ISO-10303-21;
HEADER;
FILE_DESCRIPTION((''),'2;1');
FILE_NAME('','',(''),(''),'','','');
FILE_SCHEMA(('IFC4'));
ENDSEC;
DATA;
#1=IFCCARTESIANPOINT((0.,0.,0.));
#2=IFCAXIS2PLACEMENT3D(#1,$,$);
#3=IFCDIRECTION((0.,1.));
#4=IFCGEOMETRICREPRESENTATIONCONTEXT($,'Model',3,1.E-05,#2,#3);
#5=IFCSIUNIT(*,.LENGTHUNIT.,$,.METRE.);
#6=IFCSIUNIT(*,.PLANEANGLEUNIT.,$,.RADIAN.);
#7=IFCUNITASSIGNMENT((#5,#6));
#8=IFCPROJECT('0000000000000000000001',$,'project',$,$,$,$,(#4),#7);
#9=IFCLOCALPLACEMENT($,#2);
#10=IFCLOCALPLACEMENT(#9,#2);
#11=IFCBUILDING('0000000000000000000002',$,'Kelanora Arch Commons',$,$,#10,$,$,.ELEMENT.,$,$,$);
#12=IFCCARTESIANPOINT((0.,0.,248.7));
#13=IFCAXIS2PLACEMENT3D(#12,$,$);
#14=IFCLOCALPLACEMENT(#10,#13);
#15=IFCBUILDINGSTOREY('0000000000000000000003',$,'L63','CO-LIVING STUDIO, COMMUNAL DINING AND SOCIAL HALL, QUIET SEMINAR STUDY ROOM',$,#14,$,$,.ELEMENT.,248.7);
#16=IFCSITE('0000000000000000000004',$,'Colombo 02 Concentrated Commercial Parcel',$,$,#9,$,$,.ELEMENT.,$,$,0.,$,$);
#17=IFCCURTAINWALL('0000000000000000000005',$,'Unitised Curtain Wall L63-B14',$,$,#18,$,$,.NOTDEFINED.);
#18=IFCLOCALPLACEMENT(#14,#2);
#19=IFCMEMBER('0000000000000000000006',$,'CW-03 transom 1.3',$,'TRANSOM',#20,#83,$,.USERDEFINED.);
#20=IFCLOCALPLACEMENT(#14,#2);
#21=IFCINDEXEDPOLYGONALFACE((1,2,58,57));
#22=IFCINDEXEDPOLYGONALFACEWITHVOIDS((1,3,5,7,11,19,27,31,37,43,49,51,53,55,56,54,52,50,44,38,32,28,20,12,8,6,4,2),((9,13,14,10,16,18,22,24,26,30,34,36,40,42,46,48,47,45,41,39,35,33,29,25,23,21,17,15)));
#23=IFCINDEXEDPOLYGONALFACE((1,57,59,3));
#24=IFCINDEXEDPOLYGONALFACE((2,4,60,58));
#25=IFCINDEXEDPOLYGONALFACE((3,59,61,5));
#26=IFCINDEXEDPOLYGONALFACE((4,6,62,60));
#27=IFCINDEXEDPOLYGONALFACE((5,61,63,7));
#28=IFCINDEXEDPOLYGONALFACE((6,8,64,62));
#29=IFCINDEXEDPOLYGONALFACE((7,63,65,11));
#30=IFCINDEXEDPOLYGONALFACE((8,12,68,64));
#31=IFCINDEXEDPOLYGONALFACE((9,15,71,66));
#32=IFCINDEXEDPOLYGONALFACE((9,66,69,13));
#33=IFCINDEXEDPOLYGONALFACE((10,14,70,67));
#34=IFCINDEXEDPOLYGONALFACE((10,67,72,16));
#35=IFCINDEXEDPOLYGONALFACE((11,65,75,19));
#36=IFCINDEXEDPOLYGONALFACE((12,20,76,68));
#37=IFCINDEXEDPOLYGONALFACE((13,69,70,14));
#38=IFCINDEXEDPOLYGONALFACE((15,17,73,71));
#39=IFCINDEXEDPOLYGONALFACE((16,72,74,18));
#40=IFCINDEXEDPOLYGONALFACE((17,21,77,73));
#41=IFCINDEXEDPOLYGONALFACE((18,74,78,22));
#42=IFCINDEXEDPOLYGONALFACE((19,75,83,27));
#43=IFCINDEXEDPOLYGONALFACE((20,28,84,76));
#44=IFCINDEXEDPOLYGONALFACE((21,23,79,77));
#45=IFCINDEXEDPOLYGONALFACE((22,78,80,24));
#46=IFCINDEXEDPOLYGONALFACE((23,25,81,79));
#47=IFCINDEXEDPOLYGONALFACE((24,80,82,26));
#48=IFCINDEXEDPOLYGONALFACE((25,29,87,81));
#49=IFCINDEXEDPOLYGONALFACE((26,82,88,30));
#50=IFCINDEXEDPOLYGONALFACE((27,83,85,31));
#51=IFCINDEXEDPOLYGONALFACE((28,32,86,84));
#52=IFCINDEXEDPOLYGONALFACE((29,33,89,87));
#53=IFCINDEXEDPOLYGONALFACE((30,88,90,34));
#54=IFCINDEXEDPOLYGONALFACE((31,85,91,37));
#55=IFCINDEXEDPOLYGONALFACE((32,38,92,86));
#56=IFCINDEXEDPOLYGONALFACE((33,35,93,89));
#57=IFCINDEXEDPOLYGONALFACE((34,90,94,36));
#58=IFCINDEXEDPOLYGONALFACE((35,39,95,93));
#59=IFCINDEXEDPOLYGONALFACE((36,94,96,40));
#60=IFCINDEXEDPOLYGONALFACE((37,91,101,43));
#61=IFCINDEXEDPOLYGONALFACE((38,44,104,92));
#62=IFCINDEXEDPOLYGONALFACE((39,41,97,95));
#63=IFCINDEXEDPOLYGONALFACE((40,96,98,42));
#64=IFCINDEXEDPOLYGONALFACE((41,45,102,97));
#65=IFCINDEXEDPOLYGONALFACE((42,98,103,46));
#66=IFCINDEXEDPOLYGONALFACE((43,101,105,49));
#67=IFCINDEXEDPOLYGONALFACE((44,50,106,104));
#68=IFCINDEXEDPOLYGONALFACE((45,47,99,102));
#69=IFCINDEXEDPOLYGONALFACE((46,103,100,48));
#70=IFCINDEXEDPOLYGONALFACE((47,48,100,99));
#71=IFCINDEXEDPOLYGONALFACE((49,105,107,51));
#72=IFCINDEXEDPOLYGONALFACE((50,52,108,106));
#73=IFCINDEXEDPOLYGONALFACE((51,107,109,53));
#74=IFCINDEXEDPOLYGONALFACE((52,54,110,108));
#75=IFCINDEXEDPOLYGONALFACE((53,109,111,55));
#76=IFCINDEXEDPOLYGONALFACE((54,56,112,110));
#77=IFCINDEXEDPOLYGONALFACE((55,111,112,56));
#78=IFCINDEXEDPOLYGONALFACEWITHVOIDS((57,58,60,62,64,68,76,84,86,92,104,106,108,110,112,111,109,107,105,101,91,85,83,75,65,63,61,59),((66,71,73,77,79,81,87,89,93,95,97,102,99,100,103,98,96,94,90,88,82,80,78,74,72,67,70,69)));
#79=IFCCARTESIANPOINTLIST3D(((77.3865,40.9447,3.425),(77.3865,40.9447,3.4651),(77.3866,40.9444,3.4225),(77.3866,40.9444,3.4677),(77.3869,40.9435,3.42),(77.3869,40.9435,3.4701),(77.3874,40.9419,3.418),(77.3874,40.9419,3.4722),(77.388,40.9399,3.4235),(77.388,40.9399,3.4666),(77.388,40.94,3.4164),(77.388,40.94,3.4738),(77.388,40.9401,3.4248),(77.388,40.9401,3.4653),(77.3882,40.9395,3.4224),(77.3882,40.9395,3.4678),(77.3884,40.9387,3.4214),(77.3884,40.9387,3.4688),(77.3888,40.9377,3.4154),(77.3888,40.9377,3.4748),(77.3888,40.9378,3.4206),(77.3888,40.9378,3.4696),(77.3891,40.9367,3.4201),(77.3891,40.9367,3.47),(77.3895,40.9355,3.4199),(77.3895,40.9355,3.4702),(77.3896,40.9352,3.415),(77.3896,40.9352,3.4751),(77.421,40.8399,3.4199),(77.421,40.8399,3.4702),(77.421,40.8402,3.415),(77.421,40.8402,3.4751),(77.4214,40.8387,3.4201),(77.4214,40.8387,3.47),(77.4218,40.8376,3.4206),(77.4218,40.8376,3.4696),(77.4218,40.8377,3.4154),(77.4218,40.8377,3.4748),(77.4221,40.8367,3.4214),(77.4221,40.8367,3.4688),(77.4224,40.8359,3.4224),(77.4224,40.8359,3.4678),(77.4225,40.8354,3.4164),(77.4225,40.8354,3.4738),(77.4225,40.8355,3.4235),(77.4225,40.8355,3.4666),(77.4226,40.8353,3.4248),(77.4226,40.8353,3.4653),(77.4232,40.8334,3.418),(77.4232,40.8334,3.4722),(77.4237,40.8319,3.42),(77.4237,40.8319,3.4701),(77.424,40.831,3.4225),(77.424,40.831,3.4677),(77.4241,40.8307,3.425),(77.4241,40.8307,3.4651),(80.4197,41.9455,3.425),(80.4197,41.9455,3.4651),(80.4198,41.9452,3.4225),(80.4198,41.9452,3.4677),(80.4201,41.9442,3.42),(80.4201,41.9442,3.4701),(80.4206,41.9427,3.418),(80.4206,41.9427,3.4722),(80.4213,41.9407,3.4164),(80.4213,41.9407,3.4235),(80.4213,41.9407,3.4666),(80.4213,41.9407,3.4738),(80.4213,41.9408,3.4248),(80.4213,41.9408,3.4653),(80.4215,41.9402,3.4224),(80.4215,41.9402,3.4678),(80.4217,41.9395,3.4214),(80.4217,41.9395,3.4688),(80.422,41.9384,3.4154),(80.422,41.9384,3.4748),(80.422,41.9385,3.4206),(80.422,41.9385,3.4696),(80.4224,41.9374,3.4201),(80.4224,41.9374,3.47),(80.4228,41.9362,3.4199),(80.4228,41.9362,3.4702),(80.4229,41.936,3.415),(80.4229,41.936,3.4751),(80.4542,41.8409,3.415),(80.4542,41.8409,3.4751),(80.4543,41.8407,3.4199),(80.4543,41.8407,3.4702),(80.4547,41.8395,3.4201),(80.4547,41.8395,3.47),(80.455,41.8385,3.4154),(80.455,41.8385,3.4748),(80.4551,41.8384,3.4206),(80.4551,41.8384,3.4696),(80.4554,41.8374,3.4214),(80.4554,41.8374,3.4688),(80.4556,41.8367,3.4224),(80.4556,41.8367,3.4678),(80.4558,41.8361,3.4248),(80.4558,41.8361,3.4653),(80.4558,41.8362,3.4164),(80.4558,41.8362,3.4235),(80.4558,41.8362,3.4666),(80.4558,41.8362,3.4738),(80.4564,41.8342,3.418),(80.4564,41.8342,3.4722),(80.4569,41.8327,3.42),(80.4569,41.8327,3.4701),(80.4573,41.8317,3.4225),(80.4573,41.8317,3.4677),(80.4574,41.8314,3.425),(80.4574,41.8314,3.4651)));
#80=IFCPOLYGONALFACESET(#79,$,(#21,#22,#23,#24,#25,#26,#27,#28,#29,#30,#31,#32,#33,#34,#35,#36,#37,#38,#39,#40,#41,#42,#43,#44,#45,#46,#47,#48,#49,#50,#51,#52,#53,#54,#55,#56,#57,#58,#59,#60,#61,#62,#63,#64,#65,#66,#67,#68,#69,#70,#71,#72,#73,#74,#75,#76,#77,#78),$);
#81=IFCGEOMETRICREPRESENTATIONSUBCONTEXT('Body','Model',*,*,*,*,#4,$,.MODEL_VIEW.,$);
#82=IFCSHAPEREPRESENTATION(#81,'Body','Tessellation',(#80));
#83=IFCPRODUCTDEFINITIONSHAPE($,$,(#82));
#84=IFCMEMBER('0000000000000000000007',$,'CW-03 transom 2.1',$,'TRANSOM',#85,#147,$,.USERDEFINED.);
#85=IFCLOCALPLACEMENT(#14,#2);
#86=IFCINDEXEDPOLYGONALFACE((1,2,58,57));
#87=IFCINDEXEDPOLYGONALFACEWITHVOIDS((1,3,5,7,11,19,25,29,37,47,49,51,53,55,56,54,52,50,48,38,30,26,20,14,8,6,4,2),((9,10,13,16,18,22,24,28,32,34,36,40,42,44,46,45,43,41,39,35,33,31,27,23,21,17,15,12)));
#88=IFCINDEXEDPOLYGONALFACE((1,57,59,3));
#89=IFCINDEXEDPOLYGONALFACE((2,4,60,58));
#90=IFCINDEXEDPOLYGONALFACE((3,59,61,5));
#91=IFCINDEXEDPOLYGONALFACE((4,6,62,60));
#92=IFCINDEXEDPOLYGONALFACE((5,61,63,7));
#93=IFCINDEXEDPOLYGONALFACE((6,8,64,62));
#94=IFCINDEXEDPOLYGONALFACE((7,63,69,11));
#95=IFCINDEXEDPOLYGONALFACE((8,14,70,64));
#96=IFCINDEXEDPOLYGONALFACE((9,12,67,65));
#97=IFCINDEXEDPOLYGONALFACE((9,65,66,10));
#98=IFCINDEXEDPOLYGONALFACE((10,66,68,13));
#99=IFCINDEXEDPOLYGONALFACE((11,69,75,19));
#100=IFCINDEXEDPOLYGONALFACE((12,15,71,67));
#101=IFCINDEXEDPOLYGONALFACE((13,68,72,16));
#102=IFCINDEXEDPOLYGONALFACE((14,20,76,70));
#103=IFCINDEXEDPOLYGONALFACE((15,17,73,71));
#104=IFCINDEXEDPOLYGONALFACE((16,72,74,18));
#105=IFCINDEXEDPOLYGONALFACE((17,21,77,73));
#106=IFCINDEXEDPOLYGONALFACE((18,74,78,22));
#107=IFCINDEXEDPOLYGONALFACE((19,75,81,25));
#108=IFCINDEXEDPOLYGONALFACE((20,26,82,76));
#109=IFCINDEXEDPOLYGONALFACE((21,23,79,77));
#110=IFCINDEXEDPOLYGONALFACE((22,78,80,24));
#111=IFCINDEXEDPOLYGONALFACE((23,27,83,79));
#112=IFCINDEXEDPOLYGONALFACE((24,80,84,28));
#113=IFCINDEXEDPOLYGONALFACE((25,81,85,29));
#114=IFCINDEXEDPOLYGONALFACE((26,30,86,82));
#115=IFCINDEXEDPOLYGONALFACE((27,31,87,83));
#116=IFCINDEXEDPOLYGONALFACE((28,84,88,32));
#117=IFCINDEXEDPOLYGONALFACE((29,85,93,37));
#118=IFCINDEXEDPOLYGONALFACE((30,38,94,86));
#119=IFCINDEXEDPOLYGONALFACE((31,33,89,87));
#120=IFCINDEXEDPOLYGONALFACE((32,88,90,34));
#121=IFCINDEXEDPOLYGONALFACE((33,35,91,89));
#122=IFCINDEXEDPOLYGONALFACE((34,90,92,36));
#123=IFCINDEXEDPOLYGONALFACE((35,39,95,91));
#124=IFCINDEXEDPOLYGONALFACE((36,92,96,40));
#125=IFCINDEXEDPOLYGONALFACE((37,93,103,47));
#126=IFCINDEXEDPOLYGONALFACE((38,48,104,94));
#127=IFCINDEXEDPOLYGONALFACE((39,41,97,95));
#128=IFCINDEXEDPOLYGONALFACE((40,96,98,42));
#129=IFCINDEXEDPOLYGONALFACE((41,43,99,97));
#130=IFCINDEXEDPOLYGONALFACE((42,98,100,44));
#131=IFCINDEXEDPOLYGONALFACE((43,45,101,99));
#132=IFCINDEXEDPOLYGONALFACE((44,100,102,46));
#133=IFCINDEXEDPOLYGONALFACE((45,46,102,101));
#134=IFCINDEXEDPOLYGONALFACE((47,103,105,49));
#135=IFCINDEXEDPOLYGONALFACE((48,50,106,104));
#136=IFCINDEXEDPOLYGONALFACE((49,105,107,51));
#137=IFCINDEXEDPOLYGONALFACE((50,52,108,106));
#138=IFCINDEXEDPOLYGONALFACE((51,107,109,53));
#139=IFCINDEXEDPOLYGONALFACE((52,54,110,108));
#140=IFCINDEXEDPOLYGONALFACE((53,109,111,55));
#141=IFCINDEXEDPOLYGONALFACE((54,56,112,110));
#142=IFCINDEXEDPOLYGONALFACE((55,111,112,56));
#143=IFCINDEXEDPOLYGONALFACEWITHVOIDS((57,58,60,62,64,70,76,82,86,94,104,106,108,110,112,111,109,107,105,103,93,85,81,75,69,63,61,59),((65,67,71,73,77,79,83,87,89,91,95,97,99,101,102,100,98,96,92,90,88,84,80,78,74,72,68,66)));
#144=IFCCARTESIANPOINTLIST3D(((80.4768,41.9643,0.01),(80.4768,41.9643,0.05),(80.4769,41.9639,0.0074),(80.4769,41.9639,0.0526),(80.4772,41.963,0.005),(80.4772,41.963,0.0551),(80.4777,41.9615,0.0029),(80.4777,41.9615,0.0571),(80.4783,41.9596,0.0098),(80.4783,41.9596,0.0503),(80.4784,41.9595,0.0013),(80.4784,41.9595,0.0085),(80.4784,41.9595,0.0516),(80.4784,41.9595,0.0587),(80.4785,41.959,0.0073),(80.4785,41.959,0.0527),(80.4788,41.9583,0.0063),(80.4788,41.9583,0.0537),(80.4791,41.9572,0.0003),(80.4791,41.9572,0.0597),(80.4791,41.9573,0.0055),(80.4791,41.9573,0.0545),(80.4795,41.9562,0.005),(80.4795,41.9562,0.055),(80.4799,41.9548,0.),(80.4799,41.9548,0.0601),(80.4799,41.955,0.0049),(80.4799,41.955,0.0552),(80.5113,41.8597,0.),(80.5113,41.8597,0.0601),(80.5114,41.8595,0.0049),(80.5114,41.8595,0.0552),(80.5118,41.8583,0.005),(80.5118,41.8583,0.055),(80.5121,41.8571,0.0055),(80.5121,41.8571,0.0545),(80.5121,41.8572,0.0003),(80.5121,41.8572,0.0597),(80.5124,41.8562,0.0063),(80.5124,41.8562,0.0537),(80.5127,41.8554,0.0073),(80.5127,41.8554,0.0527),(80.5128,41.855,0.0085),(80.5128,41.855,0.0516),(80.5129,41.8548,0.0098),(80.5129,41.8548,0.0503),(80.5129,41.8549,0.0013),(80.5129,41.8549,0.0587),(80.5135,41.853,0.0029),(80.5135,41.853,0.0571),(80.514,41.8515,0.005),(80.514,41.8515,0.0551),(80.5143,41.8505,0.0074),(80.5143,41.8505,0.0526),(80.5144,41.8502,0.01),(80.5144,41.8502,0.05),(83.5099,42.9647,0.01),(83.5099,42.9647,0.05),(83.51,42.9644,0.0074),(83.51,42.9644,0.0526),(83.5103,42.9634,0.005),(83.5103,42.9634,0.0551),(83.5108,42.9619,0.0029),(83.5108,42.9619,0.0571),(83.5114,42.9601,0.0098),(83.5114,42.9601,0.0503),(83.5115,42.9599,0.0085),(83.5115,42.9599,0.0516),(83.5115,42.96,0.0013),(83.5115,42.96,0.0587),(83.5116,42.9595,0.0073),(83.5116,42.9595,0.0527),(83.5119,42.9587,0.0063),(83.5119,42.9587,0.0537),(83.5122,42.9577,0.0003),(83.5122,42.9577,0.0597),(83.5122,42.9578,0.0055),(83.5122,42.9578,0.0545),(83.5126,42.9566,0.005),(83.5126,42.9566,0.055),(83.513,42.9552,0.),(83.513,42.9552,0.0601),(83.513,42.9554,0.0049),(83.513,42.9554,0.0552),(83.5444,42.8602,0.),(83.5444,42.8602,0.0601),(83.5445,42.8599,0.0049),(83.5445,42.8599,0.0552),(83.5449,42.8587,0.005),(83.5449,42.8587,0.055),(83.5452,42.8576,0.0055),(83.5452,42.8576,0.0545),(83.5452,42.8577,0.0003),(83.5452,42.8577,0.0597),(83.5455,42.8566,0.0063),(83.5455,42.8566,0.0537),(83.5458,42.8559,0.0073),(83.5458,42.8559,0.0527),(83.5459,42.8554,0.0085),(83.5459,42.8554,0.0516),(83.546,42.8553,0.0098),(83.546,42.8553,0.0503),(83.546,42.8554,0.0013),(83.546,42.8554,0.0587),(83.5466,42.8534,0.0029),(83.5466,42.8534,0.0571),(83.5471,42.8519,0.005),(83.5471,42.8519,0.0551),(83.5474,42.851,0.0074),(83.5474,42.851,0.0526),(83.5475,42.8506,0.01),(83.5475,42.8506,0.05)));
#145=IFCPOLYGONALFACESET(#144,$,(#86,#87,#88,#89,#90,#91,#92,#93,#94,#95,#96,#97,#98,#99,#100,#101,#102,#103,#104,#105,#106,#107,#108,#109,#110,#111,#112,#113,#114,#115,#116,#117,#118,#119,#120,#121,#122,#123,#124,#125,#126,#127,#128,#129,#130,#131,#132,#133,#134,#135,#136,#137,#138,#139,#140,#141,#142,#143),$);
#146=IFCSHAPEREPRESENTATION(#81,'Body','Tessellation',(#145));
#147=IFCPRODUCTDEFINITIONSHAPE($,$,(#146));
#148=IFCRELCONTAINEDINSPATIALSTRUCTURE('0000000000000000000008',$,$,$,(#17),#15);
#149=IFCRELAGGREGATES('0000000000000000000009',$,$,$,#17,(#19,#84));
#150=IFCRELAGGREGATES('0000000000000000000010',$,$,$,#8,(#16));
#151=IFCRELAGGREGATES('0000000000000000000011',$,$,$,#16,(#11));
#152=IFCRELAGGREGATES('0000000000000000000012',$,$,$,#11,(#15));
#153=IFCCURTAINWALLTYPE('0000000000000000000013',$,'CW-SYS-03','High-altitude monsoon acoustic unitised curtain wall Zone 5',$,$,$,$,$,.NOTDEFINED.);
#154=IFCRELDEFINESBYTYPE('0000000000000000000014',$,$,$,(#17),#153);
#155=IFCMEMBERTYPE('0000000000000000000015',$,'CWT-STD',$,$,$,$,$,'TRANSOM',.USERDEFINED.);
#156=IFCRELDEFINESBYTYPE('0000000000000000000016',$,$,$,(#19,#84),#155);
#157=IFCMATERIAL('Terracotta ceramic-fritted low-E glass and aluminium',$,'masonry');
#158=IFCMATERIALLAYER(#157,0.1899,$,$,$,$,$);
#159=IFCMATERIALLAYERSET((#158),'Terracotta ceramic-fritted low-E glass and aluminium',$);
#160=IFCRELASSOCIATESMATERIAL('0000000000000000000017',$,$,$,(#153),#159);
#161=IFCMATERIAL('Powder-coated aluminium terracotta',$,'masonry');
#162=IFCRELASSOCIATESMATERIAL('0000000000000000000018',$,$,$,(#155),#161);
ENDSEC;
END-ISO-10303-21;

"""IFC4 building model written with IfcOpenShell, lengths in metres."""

from ifc_helpers import new_model, si_unit, direction, frame, origin, origin_2d, place, context, subcontext, project, spatial, hollow_rectangle, extrude, material, layer, layer_set, material_profile, profile_set, type_object, element, aggregate, save


model = new_model("IFC4")

# Units and contexts
model_context = context("Model", 3, precision=1e-05, world=origin(), true_north=direction((0.0, 1.0)))
body_context = subcontext(model_context, "Body", "Model", "MODEL_VIEW")
ifc_project = project(units=[si_unit("LENGTHUNIT", "METRE"), si_unit("PLANEANGLEUNIT", "RADIAN")], contexts=[model_context])

# Site, building, storey
site_placement = place(None, origin())
site = spatial("IfcSite", under=ifc_project, at=site_placement, Name="Colombo 02 Concentrated Commercial Parcel", CompositionType="ELEMENT", RefElevation=0.0)
building_placement = place(site_placement, origin())
building = spatial("IfcBuilding", under=site, at=building_placement, Name="Kelanora Arch Commons", CompositionType="ELEMENT")
storey_placement = place(building_placement, frame((0.0, 0.0, 248.7)))
storey = spatial("IfcBuildingStorey", under=building, at=storey_placement, Name="L63", Description="CO-LIVING STUDIO, COMMUNAL DINING AND SOCIAL HALL, QUIET SEMINAR STUDY ROOM", CompositionType="ELEMENT", Elevation=248.7)

# Curtain wall, members
ifc_material_1 = material(Name="Terracotta ceramic-fritted low-E glass and aluminium", Category="masonry")
ifc_layer_1 = layer(ifc_material_1, 0.1899)
ifc_layer_set_1 = layer_set([ifc_layer_1], Name="Terracotta ceramic-fritted low-E glass and aluminium")
curtain_wall_type = type_object("IfcCurtainWallType", Name="CW-SYS-03", Description="High-altitude monsoon acoustic unitised curtain wall Zone 5", PredefinedType="NOTDEFINED", material=ifc_layer_set_1)
curtain_wall_placement = place(storey_placement, origin())
curtain_wall = element("IfcCurtainWall", 1, at=curtain_wall_placement, inside=storey, type_object=curtain_wall_type, Name="Unitised Curtain Wall L63-B14", PredefinedType="NOTDEFINED")
ifc_material_2 = material(Name="Powder-coated aluminium terracotta", Category="masonry")
ifc_material_profile_1 = material_profile(ifc_material_2, hollow_rectangle(XDim=0.1201, YDim=0.0601, WallThickness=0.0049, InnerFilletRadius=0.0049, OuterFilletRadius=0.01, at=origin_2d()), Name="CWT120x60")
ifc_profile_set_1 = profile_set([ifc_material_profile_1], Name="Powder-coated aluminium terracotta")
member_type_1 = type_object("IfcMemberType", Name="CWT-STD", ElementType="TRANSOM", PredefinedType="USERDEFINED", material=ifc_profile_set_1)
member_1_placement = place(storey_placement, frame((77.4053, 40.8877, 3.4451), z_axis=(0.94965, 0.313314, 0.0), x_axis=(-0.313314, 0.94965, 0.0)))
member_1 = element("IfcMember", 2, at=member_1_placement, type_object=member_type_1, Name="CW-03 transom 1.3", ObjectType="TRANSOM", PredefinedType="USERDEFINED", context=body_context, shape_type="SweptSolid", body=[
    extrude(hollow_rectangle(XDim=0.1201, YDim=0.0601, WallThickness=0.0049, InnerFilletRadius=0.0049, OuterFilletRadius=0.01, at=origin_2d()), origin(), (0.0, 0.0, 1.0), 3.1941),
])
member_2_placement = place(storey_placement, frame((80.4956, 41.9072, 0.03), z_axis=(0.949672, 0.313245, 0.0), x_axis=(-0.313245, 0.949672, 0.0)))
member_2 = element("IfcMember", 3, at=member_2_placement, type_object=member_type_1, Name="CW-03 transom 2.1", ObjectType="TRANSOM", PredefinedType="USERDEFINED", context=body_context, shape_type="SweptSolid", body=[
    extrude(hollow_rectangle(XDim=0.1201, YDim=0.0601, WallThickness=0.0049, InnerFilletRadius=0.0049, OuterFilletRadius=0.01, at=origin_2d()), origin(), (0.0, 0.0, 1.0), 3.1938),
])
aggregate(curtain_wall, [member_1, member_2])

save(model, "model.ifc")
